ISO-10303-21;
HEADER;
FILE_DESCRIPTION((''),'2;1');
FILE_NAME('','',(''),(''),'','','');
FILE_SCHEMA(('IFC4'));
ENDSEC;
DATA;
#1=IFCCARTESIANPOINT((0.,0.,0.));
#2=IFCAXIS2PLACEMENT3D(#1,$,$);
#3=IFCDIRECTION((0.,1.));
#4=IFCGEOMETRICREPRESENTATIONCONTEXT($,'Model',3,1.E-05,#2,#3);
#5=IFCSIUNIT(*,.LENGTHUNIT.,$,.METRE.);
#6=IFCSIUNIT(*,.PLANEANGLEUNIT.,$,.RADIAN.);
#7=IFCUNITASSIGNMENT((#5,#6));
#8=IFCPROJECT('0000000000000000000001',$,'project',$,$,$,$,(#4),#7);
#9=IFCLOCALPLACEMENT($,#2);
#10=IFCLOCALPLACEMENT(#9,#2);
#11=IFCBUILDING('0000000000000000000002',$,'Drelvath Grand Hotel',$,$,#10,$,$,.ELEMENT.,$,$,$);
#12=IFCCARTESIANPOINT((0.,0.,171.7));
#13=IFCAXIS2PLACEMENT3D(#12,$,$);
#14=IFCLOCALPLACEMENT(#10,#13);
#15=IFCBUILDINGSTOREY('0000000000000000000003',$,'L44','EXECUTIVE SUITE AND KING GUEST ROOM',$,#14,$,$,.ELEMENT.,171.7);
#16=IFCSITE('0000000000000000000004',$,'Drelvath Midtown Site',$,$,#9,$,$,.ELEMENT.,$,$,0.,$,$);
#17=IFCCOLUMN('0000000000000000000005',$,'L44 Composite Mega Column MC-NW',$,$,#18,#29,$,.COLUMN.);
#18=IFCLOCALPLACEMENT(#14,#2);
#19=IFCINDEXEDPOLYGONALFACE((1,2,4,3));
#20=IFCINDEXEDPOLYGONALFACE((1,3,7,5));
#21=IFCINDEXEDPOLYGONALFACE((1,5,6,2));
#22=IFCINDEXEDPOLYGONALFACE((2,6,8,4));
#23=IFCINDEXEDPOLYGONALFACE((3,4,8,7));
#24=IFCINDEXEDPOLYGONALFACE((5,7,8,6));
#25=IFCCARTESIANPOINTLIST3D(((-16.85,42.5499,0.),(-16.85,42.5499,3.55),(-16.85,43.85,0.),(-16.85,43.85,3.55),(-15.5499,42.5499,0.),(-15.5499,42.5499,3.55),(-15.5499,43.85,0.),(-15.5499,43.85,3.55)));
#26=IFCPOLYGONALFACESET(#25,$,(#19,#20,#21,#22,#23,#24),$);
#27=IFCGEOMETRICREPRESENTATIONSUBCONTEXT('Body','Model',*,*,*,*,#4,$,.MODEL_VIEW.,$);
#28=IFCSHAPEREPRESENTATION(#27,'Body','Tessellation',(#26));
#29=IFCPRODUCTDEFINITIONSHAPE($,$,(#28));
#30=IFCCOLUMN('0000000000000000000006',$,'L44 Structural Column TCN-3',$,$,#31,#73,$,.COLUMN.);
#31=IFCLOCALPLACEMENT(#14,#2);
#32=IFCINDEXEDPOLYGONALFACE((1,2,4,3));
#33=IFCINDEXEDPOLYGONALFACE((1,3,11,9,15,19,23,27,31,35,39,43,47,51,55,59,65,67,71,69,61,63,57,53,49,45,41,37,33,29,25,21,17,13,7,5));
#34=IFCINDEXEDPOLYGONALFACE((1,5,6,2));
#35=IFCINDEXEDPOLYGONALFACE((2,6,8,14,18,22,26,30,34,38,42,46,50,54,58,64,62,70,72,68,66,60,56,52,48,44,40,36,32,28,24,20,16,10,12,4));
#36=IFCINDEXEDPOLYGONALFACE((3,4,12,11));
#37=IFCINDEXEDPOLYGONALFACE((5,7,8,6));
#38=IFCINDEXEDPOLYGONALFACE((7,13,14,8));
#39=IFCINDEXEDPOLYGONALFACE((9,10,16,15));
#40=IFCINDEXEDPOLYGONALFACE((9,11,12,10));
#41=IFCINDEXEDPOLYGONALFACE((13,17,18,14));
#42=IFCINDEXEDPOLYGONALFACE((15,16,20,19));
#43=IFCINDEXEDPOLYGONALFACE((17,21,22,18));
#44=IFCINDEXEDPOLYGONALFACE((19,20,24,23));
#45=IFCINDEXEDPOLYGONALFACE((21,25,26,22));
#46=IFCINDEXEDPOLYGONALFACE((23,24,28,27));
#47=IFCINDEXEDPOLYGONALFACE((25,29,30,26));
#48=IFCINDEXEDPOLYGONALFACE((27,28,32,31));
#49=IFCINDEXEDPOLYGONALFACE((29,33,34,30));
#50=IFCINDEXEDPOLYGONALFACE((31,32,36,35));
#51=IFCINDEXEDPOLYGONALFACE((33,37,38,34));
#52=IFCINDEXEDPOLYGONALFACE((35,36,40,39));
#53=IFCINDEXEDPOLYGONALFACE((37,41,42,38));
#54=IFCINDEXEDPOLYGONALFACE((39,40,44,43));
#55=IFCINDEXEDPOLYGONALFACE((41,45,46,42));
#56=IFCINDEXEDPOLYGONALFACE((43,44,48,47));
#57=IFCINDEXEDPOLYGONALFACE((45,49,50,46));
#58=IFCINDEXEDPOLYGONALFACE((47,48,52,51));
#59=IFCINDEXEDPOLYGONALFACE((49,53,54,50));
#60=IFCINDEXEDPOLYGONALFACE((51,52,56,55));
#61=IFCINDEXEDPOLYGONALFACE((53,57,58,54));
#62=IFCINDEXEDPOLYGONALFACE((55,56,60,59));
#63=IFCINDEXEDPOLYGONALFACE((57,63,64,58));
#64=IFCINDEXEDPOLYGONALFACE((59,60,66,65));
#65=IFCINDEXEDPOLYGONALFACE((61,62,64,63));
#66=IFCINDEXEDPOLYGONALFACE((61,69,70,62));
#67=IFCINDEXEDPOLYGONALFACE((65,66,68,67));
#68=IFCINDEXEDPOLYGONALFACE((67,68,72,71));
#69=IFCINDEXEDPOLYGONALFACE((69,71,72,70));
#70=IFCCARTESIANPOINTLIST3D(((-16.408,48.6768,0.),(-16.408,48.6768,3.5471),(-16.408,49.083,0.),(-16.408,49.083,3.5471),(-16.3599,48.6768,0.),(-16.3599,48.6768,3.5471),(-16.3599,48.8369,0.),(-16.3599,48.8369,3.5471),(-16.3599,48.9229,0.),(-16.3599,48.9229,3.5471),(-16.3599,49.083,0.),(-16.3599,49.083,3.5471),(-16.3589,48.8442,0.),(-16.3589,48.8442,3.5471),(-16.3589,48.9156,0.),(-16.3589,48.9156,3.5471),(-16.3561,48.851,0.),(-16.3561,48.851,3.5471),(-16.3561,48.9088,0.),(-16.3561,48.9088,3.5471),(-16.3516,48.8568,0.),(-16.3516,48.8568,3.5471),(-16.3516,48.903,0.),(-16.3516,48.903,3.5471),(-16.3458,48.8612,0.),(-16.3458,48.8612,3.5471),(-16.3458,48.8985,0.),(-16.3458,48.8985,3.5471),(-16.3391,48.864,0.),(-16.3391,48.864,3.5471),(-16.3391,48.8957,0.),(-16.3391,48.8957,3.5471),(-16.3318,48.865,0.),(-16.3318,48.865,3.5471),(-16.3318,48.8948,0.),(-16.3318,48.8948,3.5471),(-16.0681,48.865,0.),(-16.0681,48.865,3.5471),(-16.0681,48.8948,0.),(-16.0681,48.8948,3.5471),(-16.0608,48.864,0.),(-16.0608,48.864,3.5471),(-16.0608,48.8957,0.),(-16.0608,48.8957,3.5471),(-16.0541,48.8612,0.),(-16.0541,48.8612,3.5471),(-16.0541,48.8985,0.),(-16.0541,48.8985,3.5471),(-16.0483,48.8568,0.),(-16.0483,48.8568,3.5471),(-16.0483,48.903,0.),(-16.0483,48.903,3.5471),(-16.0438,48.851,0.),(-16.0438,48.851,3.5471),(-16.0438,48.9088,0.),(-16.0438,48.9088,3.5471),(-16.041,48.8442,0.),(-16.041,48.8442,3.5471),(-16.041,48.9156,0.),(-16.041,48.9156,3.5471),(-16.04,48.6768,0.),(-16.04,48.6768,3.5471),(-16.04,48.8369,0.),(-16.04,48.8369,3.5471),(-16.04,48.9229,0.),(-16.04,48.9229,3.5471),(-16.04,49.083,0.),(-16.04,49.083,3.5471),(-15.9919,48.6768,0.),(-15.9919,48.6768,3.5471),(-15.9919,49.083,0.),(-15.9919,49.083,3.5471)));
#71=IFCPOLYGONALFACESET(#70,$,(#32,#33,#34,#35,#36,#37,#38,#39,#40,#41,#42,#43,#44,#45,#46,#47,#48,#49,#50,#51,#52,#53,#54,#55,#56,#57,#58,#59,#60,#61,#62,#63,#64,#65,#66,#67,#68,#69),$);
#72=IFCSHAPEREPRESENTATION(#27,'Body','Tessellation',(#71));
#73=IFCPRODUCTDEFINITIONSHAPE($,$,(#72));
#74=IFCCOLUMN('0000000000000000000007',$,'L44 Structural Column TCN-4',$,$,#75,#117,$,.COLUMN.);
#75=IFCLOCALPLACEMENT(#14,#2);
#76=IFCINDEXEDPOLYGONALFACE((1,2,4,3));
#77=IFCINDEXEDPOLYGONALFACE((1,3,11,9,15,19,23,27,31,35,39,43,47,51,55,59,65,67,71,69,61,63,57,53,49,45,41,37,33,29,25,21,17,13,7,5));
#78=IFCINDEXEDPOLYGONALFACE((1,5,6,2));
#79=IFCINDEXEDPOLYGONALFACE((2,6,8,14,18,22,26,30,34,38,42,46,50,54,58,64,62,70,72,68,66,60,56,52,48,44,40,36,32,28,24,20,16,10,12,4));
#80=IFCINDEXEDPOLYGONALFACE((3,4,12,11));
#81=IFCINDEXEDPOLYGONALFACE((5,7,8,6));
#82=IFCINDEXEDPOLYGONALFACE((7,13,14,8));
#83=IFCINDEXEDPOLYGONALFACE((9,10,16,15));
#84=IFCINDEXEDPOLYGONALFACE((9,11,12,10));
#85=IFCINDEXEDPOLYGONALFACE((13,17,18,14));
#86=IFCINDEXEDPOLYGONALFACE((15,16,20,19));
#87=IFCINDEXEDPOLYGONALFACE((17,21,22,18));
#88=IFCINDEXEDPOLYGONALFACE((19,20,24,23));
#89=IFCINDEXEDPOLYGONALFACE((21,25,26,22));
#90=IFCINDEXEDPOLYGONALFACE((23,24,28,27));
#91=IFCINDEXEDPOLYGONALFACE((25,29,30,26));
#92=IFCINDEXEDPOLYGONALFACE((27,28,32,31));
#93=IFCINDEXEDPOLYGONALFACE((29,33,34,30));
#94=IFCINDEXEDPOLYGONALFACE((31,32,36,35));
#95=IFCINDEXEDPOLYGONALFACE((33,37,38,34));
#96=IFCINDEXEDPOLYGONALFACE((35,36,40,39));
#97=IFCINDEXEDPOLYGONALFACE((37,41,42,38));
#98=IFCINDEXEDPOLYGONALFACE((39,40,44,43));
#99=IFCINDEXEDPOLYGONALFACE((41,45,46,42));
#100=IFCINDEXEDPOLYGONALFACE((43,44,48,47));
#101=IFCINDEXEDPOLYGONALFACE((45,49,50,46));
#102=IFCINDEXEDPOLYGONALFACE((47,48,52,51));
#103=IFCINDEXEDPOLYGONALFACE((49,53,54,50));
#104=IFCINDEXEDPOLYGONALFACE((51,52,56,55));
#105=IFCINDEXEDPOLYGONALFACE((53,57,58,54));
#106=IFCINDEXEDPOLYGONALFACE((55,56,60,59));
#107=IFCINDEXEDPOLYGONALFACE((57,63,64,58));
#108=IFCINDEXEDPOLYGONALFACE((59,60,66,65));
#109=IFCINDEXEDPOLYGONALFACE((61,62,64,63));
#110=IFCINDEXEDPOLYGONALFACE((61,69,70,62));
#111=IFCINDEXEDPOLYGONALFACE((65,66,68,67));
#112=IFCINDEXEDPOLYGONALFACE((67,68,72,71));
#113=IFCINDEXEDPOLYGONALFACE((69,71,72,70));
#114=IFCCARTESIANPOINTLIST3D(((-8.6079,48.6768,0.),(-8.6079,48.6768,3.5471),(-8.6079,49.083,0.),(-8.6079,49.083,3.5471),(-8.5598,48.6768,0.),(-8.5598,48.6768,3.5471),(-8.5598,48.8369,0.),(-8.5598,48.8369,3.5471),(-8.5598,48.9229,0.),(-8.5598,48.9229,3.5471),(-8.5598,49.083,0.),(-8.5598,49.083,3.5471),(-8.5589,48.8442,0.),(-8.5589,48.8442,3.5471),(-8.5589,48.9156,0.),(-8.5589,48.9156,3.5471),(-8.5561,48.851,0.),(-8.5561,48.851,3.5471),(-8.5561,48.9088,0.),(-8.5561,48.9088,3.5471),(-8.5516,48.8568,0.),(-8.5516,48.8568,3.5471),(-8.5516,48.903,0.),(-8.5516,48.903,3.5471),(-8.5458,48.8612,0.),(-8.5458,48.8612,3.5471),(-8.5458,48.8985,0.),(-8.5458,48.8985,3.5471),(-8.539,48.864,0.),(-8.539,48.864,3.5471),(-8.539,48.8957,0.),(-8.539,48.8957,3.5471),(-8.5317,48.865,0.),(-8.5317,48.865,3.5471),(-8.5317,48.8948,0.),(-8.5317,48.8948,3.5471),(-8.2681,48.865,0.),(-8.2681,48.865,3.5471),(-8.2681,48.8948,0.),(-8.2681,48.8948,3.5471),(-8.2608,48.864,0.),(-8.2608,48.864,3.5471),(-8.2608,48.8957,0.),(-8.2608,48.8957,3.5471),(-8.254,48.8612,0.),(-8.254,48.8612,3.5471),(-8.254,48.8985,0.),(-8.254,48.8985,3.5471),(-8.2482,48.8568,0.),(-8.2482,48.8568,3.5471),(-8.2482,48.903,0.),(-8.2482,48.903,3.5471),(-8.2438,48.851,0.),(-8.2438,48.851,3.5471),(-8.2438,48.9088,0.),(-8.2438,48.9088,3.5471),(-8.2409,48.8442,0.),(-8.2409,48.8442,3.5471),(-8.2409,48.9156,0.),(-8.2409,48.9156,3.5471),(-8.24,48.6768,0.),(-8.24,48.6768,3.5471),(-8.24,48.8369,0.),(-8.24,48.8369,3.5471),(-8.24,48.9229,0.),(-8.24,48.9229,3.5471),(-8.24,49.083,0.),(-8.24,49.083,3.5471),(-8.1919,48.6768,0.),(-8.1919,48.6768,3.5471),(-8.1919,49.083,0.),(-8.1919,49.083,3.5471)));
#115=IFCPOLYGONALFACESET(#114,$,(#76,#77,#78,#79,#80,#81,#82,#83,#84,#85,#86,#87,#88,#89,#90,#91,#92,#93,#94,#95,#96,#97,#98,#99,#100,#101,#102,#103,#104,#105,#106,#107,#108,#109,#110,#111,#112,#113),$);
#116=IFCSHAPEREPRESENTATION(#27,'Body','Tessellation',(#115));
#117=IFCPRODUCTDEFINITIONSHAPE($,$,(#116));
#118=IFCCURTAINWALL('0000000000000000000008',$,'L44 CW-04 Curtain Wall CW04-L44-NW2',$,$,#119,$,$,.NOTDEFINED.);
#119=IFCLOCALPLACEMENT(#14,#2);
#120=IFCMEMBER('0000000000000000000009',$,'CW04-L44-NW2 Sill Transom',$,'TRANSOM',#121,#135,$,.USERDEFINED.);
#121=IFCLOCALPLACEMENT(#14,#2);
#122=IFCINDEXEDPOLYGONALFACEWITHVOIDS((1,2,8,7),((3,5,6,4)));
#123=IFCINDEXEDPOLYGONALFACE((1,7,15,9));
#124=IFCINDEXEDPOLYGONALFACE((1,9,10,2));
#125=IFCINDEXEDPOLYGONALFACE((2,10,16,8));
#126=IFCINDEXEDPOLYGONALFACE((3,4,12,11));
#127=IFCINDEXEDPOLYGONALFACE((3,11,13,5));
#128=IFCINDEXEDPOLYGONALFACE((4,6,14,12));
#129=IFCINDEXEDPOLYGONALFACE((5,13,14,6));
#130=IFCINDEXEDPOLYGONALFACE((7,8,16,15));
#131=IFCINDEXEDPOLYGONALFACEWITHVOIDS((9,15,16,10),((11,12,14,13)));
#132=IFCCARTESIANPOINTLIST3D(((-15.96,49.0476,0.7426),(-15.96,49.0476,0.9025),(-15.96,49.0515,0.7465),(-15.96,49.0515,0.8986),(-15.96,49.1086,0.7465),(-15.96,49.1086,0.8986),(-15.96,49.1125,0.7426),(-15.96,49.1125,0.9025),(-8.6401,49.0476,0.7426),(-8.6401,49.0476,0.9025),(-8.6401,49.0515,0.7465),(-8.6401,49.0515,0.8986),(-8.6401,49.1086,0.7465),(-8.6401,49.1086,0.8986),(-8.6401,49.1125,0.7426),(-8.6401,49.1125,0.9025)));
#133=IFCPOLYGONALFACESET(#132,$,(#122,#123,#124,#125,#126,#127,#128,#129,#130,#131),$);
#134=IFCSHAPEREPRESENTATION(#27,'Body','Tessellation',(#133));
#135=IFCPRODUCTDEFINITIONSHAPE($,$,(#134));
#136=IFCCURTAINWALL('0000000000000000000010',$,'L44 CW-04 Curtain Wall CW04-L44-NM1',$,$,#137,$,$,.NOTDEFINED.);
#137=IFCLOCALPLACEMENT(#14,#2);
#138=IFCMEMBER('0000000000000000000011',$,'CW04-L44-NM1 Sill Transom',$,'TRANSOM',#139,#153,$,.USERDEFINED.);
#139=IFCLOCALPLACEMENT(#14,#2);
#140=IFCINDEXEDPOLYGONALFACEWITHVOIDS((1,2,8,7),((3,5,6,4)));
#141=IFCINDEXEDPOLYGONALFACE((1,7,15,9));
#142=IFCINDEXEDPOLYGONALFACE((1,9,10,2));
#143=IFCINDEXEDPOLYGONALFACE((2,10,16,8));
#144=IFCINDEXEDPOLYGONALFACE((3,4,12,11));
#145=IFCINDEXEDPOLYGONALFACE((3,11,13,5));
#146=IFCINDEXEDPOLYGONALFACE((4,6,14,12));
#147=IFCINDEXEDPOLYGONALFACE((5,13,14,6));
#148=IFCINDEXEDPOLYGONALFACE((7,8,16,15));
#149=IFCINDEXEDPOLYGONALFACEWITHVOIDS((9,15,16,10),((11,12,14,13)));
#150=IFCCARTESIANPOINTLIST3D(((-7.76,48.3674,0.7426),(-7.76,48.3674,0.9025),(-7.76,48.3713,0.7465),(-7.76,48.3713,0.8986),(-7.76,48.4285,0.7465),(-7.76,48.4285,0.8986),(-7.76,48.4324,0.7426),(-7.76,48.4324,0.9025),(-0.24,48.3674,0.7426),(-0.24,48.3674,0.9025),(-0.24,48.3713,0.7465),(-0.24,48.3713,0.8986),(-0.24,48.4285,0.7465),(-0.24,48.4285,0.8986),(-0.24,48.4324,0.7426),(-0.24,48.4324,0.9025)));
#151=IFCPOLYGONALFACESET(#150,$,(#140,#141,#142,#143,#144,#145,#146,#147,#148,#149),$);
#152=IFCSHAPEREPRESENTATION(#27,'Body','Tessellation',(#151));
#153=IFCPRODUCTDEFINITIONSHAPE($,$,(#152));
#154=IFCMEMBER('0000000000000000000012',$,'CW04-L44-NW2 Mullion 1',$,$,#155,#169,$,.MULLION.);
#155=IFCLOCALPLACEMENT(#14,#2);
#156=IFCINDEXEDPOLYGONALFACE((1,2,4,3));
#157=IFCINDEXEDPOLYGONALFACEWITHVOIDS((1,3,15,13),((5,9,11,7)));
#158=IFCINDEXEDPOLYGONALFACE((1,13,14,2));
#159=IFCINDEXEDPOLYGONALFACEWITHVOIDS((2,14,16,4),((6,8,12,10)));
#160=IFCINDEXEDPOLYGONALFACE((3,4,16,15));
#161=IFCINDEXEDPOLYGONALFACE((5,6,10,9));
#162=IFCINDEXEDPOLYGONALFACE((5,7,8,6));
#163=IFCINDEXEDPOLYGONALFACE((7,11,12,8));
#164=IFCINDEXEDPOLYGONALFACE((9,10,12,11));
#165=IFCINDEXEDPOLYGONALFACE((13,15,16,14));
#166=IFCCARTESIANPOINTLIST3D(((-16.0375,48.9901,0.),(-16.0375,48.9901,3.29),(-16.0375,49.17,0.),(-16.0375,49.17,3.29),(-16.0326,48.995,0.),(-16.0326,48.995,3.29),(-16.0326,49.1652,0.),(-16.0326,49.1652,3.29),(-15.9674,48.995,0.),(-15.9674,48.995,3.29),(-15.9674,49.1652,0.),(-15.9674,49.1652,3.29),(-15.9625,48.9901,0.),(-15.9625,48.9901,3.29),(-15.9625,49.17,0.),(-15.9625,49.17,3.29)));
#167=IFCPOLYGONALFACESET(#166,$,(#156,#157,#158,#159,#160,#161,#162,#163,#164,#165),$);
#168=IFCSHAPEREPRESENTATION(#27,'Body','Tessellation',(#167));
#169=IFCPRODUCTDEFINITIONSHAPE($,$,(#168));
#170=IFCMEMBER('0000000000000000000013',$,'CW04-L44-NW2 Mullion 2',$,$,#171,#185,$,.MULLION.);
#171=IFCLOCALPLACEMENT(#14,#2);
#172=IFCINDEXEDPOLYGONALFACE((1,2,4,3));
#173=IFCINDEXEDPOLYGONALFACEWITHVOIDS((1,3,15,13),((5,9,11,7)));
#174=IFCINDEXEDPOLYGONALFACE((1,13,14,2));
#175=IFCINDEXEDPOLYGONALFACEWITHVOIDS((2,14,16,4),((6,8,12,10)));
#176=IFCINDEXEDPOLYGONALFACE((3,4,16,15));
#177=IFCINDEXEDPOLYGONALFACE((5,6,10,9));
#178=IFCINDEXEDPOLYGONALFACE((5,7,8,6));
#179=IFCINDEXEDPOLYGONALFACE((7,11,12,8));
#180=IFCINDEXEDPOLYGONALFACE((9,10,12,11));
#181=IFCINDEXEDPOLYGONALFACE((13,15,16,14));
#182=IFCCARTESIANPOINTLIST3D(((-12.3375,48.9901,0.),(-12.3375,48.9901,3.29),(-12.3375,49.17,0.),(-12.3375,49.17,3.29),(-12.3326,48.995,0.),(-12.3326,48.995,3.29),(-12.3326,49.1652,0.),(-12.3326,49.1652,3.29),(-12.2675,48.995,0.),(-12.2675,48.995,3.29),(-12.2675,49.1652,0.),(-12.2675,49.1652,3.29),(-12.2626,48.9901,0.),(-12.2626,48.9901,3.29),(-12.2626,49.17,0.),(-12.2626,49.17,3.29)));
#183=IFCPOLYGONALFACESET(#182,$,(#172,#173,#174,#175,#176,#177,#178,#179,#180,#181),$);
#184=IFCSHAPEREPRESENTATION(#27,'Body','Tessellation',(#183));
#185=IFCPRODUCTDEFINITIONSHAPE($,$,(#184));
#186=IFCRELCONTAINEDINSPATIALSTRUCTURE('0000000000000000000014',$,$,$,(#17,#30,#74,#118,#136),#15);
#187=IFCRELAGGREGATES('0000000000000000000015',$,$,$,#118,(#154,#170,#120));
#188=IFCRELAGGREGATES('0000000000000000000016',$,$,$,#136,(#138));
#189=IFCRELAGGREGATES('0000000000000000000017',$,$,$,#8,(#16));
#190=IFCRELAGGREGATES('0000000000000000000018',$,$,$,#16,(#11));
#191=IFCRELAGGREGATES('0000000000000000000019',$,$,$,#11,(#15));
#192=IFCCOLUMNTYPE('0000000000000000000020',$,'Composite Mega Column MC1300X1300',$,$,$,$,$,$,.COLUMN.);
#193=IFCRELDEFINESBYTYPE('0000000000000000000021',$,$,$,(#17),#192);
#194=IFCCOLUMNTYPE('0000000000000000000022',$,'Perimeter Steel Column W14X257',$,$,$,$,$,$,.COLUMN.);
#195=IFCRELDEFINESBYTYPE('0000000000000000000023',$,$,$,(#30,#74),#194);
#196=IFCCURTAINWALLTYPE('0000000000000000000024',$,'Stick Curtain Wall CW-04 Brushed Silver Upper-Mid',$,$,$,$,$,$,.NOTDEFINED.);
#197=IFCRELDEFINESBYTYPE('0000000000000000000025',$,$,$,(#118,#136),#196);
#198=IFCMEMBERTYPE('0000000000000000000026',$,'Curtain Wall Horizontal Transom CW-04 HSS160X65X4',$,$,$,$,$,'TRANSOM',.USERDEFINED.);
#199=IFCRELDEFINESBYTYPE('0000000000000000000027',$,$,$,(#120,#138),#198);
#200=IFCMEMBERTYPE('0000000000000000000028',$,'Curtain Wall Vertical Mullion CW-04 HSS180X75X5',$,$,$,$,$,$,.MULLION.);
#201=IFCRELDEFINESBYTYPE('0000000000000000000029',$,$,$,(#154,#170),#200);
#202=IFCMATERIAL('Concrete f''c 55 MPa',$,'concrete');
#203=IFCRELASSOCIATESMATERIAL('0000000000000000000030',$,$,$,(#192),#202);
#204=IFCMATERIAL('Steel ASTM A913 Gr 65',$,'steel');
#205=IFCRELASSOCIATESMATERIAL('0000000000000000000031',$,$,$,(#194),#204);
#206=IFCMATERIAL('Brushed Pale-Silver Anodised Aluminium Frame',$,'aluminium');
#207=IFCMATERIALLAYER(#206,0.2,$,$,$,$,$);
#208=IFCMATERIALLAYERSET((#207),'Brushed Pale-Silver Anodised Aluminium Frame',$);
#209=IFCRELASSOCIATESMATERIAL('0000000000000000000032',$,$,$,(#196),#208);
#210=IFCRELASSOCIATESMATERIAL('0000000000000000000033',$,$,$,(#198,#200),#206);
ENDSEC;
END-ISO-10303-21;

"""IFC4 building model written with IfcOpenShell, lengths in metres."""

from ifc_helpers import new_model, si_unit, direction, frame, origin, origin_2d, place, context, subcontext, project, spatial, rectangle, hollow_rectangle, i_section, extrude, material, layer, layer_set, material_profile, profile_set, type_object, element, aggregate, save


model = new_model("IFC4")

# Units and contexts
model_context = context("Model", 3, precision=1e-05, world=origin(), true_north=direction((0.0, 1.0)))
body_context = subcontext(model_context, "Body", "Model", "MODEL_VIEW")
ifc_project = project(units=[si_unit("LENGTHUNIT", "METRE"), si_unit("PLANEANGLEUNIT", "RADIAN")], contexts=[model_context])

# Site, building, storey
site_placement = place(None, origin())
site = spatial("IfcSite", under=ifc_project, at=site_placement, Name="Drelvath Midtown Site", CompositionType="ELEMENT", RefElevation=0.0)
building_placement = place(site_placement, origin())
building = spatial("IfcBuilding", under=site, at=building_placement, Name="Drelvath Grand Hotel", CompositionType="ELEMENT")
storey_placement = place(building_placement, frame((0.0, 0.0, 171.7)))
storey = spatial("IfcBuildingStorey", under=building, at=storey_placement, Name="L44", Description="EXECUTIVE SUITE AND KING GUEST ROOM", CompositionType="ELEMENT", Elevation=171.7)

# Columns
ifc_material_1 = material(Name="Concrete f'c 55 MPa", Category="concrete")
ifc_material_profile_1 = material_profile(ifc_material_1, rectangle(XDim=1.3, YDim=1.3, at=origin_2d()), Name="MC1300X1300")
ifc_profile_set_1 = profile_set([ifc_material_profile_1], Name="Concrete f'c 55 MPa")
column_type_1 = type_object("IfcColumnType", Name="Composite Mega Column MC1300X1300", PredefinedType="COLUMN", material=ifc_profile_set_1)
column_placement = place(storey_placement, frame((-16.2, 43.2, 0.0), z_axis=(0.0, 0.0, 1.0), x_axis=(1.0, 0.0, 0.0)))
element("IfcColumn", 1, at=column_placement, inside=storey, type_object=column_type_1, Name="L44 Composite Mega Column MC-NW", PredefinedType="COLUMN", context=body_context, shape_type="SweptSolid", body=[
    extrude(rectangle(XDim=1.3, YDim=1.3, at=origin_2d()), origin(), (0.0, 0.0, 1.0), 3.55),
])
ifc_material_2 = material(Name="Steel ASTM A913 Gr 65", Category="steel")
ifc_material_profile_2 = material_profile(ifc_material_2, i_section(OverallWidth=0.4062, OverallDepth=0.416, WebThickness=0.0298, FlangeThickness=0.0481, FilletRadius=0.0281, at=origin_2d()), Name="W14X257")
ifc_profile_set_2 = profile_set([ifc_material_profile_2], Name="Steel ASTM A913 Gr 65")
column_type_2 = type_object("IfcColumnType", Name="Perimeter Steel Column W14X257", PredefinedType="COLUMN", material=ifc_profile_set_2)
for number, where, z_axis, x_axis, name in (
    (2, (-16.2, 48.8799, 0.0), (0.0, 0.0, 1.0), (0.0, 1.0, 0.0), "L44 Structural Column TCN-3"),
    (3, (-8.3999, 48.8799, 0.0), (0.0, 0.0, 1.0), (0.0, 1.0, 0.0), "L44 Structural Column TCN-4"),
):
    element("IfcColumn", number, at=place(storey_placement, frame(where, z_axis=z_axis, x_axis=x_axis)), inside=storey, type_object=column_type_2, Name=name, PredefinedType="COLUMN", context=body_context, shape_type="SweptSolid", body=[
        extrude(i_section(OverallWidth=0.4062, OverallDepth=0.416, WebThickness=0.0298, FlangeThickness=0.0481, FilletRadius=0.0281, at=origin_2d()), origin(), (0.0, 0.0, 1.0), 3.5471),
    ])

# Curtain walls, members
ifc_material_3 = material(Name="Brushed Pale-Silver Anodised Aluminium Frame", Category="aluminium")
ifc_layer_1 = layer(ifc_material_3, 0.2)
ifc_layer_set_1 = layer_set([ifc_layer_1], Name="Brushed Pale-Silver Anodised Aluminium Frame")
curtain_wall_type = type_object("IfcCurtainWallType", Name="Stick Curtain Wall CW-04 Brushed Silver Upper-Mid", PredefinedType="NOTDEFINED", material=ifc_layer_set_1)
curtain_wall_1_placement = place(storey_placement, origin())
curtain_wall_1 = element("IfcCurtainWall", 4, at=curtain_wall_1_placement, inside=storey, type_object=curtain_wall_type, Name="L44 CW-04 Curtain Wall CW04-L44-NW2", PredefinedType="NOTDEFINED")
ifc_material_profile_3 = material_profile(ifc_material_3, hollow_rectangle(XDim=0.0649, YDim=0.1599, WallThickness=0.0039, at=origin_2d()), Name="HSS160X65X4")
ifc_profile_set_3 = profile_set([ifc_material_profile_3], Name="Brushed Pale-Silver Anodised Aluminium Frame")
member_type_1 = type_object("IfcMemberType", Name="Curtain Wall Horizontal Transom CW-04 HSS160X65X4", ElementType="TRANSOM", PredefinedType="USERDEFINED", material=ifc_profile_set_3)
member_1_placement = place(storey_placement, frame((-15.96, 49.0801, 0.8225), z_axis=(1.0, 0.0, 0.0), x_axis=(0.0, 1.0, 0.0)))
member_1 = element("IfcMember", 5, at=member_1_placement, type_object=member_type_1, Name="CW04-L44-NW2 Sill Transom", ObjectType="TRANSOM", PredefinedType="USERDEFINED", context=body_context, shape_type="SweptSolid", body=[
    extrude(hollow_rectangle(XDim=0.0649, YDim=0.1599, WallThickness=0.0039, at=origin_2d()), origin(), (0.0, 0.0, 1.0), 7.3198),
])
curtain_wall_2_placement = place(storey_placement, origin())
curtain_wall_2 = element("IfcCurtainWall", 6, at=curtain_wall_2_placement, inside=storey, type_object=curtain_wall_type, Name="L44 CW-04 Curtain Wall CW04-L44-NM1", PredefinedType="NOTDEFINED")
member_2_placement = place(storey_placement, frame((-7.76, 48.3999, 0.8225), z_axis=(1.0, 0.0, 0.0), x_axis=(0.0, 1.0, 0.0)))
member_2 = element("IfcMember", 7, at=member_2_placement, type_object=member_type_1, Name="CW04-L44-NM1 Sill Transom", ObjectType="TRANSOM", PredefinedType="USERDEFINED", context=body_context, shape_type="SweptSolid", body=[
    extrude(hollow_rectangle(XDim=0.0649, YDim=0.1599, WallThickness=0.0039, at=origin_2d()), origin(), (0.0, 0.0, 1.0), 7.52),
])

# Members
ifc_material_profile_4 = material_profile(ifc_material_3, hollow_rectangle(XDim=0.075, YDim=0.1799, WallThickness=0.0049, at=origin_2d()), Name="HSS180X75X5")
ifc_profile_set_4 = profile_set([ifc_material_profile_4], Name="Brushed Pale-Silver Anodised Aluminium Frame")
member_type_2 = type_object("IfcMemberType", Name="Curtain Wall Vertical Mullion CW-04 HSS180X75X5", PredefinedType="MULLION", material=ifc_profile_set_4)
member_3_placement = place(storey_placement, frame((-16.0, 49.0801, 0.0), z_axis=(0.0, 0.0, 1.0), x_axis=(1.0, 0.0, 0.0)))
member_3 = element("IfcMember", 8, at=member_3_placement, type_object=member_type_2, Name="CW04-L44-NW2 Mullion 1", PredefinedType="MULLION", context=body_context, shape_type="SweptSolid", body=[
    extrude(hollow_rectangle(XDim=0.075, YDim=0.1799, WallThickness=0.0049, at=origin_2d()), origin(), (0.0, 0.0, 1.0), 3.29),
])
member_4_placement = place(storey_placement, frame((-12.3, 49.0801, 0.0), z_axis=(0.0, 0.0, 1.0), x_axis=(1.0, 0.0, 0.0)))
member_4 = element("IfcMember", 9, at=member_4_placement, type_object=member_type_2, Name="CW04-L44-NW2 Mullion 2", PredefinedType="MULLION", context=body_context, shape_type="SweptSolid", body=[
    extrude(hollow_rectangle(XDim=0.075, YDim=0.1799, WallThickness=0.0049, at=origin_2d()), origin(), (0.0, 0.0, 1.0), 3.29),
])

aggregate(curtain_wall_1, [member_3, member_4, member_1])
aggregate(curtain_wall_2, [member_2])

save(model, "model.ifc")
